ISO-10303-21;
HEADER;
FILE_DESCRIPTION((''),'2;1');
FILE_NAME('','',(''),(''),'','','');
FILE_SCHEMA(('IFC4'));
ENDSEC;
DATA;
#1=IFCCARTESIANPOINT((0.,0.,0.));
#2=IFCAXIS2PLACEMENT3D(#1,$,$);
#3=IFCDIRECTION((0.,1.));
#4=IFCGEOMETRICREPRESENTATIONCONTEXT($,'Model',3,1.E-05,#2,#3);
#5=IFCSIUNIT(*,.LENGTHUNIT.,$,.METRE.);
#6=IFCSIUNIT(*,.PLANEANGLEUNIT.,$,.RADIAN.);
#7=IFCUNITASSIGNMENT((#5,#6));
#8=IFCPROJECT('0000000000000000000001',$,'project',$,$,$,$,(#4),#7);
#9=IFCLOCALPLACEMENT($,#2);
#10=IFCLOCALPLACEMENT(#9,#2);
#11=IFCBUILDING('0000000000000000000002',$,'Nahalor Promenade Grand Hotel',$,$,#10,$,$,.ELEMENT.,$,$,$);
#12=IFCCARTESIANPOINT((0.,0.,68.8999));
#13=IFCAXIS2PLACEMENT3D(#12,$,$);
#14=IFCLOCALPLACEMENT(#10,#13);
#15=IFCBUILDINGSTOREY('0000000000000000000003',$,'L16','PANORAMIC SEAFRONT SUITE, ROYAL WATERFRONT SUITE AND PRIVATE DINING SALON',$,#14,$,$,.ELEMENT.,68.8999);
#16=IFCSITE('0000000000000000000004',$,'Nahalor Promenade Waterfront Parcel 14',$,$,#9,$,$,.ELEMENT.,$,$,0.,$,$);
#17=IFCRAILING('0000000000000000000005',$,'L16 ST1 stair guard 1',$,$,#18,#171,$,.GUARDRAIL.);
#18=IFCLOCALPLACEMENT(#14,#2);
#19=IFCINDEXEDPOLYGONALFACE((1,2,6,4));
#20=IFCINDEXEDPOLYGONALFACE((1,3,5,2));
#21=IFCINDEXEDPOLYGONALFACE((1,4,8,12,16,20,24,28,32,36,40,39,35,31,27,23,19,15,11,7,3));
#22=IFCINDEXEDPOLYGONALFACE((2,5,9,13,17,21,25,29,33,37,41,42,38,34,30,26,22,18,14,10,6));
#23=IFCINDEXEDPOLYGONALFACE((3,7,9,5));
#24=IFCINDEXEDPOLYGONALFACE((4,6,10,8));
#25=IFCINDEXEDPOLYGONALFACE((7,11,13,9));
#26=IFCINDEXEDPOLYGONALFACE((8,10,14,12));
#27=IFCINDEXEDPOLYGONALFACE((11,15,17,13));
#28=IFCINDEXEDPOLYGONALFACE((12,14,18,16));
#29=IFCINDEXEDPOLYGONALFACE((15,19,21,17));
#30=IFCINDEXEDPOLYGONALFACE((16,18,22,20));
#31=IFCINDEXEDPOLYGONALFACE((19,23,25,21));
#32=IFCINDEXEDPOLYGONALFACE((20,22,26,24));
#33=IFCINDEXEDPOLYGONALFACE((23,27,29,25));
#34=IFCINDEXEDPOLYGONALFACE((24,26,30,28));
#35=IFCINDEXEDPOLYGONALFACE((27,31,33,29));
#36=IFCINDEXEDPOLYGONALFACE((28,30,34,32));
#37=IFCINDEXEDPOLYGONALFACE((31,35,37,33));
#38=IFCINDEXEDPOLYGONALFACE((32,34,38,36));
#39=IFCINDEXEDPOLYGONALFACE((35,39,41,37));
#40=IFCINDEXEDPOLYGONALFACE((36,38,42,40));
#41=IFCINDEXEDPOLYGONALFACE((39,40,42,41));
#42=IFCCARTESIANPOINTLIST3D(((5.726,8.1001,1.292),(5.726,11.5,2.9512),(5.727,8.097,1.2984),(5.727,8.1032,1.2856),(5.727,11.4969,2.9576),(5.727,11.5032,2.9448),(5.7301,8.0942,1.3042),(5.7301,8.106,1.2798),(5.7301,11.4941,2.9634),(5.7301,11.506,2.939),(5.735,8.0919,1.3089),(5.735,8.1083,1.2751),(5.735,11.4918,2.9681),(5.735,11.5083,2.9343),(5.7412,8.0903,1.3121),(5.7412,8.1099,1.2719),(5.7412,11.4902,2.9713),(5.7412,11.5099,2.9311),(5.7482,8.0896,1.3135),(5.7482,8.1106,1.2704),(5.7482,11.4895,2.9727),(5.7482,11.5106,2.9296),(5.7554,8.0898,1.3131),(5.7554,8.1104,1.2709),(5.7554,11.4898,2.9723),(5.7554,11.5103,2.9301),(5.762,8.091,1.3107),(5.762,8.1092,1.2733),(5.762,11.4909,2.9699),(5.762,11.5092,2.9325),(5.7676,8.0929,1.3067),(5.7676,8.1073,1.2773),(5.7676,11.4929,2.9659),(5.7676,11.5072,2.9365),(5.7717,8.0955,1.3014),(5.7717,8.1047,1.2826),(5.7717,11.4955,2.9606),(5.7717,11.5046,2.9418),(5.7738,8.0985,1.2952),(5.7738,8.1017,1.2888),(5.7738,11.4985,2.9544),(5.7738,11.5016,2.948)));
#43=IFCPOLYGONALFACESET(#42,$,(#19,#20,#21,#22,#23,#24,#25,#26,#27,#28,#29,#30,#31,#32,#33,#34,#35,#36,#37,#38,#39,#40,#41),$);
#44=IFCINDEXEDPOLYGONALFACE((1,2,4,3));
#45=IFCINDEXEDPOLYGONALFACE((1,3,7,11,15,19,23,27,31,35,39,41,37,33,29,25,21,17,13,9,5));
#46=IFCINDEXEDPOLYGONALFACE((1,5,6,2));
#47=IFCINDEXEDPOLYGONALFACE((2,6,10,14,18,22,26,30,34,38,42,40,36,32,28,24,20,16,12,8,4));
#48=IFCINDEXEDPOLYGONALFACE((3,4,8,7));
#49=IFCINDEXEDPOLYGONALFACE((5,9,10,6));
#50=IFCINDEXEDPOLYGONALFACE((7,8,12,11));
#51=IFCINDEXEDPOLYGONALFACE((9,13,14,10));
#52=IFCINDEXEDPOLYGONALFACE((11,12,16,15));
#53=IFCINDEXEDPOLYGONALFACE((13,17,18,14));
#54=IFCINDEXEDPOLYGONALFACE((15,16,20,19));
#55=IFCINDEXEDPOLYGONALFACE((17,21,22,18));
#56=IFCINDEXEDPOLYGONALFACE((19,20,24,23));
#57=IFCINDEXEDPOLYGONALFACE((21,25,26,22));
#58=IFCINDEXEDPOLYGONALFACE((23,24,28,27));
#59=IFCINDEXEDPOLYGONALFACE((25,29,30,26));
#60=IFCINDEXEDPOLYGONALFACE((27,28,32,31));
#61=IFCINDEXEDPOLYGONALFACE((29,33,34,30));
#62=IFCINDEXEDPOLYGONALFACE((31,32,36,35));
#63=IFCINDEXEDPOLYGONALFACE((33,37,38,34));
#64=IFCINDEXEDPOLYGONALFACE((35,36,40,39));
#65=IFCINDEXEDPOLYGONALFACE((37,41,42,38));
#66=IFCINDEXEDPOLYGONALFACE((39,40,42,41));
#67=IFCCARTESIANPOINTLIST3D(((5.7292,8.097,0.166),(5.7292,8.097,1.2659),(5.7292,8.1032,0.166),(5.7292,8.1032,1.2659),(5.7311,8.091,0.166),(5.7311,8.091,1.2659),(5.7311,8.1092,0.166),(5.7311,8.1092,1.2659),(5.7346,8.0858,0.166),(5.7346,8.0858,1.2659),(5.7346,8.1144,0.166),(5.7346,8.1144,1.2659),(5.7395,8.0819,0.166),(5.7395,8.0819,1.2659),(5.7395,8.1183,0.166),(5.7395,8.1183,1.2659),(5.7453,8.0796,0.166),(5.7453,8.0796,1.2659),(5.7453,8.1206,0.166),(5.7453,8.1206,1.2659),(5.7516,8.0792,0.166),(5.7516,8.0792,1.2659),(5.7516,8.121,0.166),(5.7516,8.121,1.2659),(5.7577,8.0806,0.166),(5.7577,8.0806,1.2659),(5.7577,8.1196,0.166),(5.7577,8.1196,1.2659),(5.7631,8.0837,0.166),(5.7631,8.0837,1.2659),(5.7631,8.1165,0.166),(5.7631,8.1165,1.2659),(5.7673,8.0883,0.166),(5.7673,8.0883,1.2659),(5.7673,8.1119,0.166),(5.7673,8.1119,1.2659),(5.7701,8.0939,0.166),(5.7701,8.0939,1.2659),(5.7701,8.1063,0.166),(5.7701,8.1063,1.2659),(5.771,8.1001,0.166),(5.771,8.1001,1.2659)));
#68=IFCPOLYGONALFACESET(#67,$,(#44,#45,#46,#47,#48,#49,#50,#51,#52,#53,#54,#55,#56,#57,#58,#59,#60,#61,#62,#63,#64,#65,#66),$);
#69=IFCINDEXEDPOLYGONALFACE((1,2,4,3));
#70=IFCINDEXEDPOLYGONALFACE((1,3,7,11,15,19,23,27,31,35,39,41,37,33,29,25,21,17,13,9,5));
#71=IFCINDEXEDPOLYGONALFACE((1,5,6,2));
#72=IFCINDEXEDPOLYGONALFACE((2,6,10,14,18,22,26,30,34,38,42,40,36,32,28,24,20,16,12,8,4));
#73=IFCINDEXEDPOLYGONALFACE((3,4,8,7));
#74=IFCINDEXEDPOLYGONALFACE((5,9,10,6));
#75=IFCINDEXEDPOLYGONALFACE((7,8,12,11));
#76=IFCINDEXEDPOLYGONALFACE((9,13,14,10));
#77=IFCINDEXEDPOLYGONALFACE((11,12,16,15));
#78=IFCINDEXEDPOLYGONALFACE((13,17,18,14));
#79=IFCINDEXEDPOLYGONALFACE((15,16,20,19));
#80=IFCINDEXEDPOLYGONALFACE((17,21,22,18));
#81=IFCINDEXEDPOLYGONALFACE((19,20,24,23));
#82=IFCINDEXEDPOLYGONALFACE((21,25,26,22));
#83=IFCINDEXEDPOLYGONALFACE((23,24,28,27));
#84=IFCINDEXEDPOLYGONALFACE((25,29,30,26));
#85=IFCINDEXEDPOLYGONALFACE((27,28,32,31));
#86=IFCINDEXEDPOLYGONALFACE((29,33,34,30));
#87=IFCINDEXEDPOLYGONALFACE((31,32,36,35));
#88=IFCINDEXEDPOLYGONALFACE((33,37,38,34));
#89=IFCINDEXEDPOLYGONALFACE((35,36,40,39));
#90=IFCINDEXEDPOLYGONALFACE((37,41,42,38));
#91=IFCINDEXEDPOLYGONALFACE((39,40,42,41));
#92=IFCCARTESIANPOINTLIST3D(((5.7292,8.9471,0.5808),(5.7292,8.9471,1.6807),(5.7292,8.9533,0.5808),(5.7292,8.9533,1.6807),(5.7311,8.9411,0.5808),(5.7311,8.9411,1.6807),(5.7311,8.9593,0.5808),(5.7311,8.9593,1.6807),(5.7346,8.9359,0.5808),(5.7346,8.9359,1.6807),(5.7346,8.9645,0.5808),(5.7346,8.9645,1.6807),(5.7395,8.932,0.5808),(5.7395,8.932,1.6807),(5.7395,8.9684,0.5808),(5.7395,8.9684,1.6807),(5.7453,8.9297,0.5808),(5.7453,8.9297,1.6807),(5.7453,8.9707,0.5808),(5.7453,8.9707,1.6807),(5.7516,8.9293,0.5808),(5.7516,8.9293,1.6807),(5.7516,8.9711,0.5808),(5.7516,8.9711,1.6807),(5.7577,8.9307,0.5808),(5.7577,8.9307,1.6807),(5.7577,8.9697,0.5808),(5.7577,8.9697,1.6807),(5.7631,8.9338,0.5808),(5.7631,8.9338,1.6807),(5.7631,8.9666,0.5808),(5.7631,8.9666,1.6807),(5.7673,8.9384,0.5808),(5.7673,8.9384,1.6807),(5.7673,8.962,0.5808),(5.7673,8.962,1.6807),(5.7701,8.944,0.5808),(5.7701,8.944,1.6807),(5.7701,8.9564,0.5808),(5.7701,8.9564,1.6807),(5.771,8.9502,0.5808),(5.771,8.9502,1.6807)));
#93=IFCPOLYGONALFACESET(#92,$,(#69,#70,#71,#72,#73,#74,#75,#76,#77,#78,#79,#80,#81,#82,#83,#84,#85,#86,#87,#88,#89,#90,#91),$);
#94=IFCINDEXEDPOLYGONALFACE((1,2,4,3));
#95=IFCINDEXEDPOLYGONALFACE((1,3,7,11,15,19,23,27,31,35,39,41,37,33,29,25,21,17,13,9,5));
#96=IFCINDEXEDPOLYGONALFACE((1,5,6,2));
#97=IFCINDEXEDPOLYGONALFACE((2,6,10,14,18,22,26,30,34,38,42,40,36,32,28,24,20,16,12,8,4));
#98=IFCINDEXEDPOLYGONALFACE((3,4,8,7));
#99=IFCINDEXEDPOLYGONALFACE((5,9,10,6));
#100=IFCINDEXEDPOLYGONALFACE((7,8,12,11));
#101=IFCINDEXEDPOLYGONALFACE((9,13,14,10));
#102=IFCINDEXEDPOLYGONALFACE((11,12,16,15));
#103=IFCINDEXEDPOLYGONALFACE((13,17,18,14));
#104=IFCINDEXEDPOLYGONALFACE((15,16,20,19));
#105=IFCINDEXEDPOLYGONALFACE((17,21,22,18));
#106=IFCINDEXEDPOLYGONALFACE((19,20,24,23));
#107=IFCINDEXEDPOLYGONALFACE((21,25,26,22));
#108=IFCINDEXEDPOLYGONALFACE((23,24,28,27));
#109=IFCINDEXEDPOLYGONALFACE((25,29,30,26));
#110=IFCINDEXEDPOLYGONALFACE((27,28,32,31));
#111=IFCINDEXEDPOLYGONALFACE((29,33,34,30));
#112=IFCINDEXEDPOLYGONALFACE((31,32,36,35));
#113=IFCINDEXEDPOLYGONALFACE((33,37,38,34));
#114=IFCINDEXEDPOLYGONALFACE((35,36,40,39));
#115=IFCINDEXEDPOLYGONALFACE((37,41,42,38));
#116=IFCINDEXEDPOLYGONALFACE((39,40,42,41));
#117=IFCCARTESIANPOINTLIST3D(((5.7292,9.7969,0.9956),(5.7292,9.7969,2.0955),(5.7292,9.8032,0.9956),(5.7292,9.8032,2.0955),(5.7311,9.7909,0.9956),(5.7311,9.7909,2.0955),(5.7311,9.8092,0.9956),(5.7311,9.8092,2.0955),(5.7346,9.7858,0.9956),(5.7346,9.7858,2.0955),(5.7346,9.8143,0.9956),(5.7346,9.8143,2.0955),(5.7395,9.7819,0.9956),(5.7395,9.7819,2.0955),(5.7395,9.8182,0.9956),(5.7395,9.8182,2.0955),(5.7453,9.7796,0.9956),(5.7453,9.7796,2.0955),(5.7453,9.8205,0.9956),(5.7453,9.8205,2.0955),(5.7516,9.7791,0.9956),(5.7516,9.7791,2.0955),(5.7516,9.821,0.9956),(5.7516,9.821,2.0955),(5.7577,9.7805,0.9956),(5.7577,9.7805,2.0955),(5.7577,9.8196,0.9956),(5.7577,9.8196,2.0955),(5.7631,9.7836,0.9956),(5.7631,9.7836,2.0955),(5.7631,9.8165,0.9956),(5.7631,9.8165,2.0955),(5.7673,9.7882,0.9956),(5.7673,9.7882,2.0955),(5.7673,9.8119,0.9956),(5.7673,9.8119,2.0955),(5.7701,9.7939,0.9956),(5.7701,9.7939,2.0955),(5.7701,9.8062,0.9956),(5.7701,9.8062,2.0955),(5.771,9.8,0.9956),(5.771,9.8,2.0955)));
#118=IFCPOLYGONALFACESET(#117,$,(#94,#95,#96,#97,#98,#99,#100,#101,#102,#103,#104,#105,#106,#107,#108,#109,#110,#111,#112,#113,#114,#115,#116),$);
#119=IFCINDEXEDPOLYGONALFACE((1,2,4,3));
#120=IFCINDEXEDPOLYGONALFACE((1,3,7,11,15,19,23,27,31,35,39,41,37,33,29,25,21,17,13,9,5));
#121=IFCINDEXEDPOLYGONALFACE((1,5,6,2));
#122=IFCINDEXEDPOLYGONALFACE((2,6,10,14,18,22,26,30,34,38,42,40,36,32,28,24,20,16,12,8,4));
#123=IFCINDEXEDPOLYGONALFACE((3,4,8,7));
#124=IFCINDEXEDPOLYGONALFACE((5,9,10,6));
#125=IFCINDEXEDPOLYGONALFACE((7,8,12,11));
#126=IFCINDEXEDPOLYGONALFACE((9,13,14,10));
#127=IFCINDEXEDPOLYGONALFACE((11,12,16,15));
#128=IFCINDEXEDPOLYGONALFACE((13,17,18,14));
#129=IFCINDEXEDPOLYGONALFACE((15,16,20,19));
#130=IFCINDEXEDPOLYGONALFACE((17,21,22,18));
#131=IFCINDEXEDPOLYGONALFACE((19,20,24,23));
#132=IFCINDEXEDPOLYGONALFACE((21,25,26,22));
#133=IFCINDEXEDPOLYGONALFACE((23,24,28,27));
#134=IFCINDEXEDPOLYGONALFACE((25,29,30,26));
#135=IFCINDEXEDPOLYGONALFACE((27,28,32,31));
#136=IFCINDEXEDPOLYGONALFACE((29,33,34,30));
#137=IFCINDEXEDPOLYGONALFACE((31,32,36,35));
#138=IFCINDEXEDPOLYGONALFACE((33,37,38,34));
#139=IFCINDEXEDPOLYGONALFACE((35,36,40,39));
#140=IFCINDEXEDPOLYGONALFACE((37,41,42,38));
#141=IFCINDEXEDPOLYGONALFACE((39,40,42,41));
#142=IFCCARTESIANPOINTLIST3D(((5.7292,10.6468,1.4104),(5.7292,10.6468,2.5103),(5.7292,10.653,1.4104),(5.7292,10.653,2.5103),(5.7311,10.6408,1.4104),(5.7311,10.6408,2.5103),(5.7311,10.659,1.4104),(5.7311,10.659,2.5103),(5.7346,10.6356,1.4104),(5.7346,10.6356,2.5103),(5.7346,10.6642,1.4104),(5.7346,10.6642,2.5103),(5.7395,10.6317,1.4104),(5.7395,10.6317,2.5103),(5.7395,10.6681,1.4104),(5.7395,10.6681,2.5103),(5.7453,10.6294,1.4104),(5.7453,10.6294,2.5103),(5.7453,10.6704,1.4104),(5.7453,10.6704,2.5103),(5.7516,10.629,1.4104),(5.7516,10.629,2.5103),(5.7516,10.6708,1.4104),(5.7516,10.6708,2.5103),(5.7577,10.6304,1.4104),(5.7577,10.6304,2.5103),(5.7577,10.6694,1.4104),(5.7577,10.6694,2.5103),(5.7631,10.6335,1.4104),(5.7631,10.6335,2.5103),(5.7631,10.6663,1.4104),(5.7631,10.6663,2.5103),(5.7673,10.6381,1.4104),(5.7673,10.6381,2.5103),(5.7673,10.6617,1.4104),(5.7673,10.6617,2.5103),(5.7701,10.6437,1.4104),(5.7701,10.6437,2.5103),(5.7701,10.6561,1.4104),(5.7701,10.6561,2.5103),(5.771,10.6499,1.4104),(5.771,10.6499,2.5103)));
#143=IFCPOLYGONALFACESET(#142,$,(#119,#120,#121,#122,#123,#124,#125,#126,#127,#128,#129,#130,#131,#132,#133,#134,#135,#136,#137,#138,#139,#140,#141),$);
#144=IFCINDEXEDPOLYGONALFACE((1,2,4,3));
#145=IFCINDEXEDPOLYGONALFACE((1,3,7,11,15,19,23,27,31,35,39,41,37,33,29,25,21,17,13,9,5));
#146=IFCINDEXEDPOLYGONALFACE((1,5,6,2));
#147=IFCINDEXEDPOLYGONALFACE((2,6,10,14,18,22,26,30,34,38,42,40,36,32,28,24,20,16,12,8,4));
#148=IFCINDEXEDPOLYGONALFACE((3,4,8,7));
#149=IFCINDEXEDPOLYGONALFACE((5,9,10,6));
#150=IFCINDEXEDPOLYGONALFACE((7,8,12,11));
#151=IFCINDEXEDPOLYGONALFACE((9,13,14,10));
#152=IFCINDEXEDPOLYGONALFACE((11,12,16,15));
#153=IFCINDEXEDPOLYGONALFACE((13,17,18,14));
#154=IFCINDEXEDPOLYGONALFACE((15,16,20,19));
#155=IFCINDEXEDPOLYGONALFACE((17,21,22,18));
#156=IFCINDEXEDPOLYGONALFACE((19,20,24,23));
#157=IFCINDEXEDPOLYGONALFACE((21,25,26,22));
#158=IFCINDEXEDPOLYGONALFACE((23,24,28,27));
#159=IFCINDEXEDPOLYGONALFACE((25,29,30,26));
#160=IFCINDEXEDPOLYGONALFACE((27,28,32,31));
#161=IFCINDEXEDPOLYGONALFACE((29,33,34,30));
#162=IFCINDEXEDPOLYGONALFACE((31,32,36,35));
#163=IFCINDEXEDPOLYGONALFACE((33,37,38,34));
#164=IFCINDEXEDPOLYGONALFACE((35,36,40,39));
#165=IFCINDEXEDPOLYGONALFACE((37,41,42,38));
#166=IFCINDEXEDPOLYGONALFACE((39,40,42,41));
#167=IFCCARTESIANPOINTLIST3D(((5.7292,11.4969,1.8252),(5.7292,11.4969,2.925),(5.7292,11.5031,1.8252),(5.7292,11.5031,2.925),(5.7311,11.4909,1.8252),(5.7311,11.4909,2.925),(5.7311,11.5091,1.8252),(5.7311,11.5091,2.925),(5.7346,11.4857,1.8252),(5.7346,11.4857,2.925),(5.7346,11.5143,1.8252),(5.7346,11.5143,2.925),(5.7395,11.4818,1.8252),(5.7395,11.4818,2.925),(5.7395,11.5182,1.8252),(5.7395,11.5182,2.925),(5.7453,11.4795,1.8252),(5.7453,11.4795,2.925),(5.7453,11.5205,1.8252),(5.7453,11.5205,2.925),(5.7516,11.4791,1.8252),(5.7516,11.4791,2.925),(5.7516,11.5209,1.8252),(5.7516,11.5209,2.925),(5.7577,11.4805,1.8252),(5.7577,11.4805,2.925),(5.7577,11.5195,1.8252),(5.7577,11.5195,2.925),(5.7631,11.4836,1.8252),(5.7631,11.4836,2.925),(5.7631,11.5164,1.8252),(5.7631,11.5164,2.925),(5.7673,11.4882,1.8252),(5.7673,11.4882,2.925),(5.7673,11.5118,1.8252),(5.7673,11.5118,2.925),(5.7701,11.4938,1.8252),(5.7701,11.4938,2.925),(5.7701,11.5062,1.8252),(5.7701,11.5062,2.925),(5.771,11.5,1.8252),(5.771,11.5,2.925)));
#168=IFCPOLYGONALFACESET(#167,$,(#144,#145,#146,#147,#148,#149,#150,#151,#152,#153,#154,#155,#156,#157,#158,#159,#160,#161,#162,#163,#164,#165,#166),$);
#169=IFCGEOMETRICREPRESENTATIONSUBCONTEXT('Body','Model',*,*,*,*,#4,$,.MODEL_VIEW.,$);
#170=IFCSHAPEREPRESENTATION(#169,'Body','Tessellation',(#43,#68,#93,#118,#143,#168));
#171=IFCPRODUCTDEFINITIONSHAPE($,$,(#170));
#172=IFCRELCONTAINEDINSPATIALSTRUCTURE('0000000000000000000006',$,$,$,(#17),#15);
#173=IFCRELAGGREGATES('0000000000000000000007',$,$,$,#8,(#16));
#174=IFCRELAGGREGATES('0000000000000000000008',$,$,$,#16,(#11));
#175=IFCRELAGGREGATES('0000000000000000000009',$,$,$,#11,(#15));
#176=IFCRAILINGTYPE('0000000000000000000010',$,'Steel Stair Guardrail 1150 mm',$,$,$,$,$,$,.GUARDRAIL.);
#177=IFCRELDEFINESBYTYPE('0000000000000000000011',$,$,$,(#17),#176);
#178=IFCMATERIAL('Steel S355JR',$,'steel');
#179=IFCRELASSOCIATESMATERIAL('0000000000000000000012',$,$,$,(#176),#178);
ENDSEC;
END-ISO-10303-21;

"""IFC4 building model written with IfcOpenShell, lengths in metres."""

from ifc_helpers import new_model, si_unit, direction, frame, origin, origin_2d, place, context, subcontext, project, spatial, circle, extrude, material, type_object, element, save


model = new_model("IFC4")

# Units and contexts
model_context = context("Model", 3, precision=1e-05, world=origin(), true_north=direction((0.0, 1.0)))
body_context = subcontext(model_context, "Body", "Model", "MODEL_VIEW")
ifc_project = project(units=[si_unit("LENGTHUNIT", "METRE"), si_unit("PLANEANGLEUNIT", "RADIAN")], contexts=[model_context])

# Site, building, storey
site_placement = place(None, origin())
site = spatial("IfcSite", under=ifc_project, at=site_placement, Name="Nahalor Promenade Waterfront Parcel 14", CompositionType="ELEMENT", RefElevation=0.0)
building_placement = place(site_placement, origin())
building = spatial("IfcBuilding", under=site, at=building_placement, Name="Nahalor Promenade Grand Hotel", CompositionType="ELEMENT")
storey_placement = place(building_placement, frame((0.0, 0.0, 68.8999)))
storey = spatial("IfcBuildingStorey", under=building, at=storey_placement, Name="L16", Description="PANORAMIC SEAFRONT SUITE, ROYAL WATERFRONT SUITE AND PRIVATE DINING SALON", CompositionType="ELEMENT", Elevation=68.8999)

# Shared definitions
ifc_material_1 = material(Name="Steel S355JR", Category="steel")

# Railing
railing_type_1 = type_object("IfcRailingType", Name="Steel Stair Guardrail 1150 mm", PredefinedType="GUARDRAIL", material=ifc_material_1)
railing_1_placement = place(storey_placement, frame((5.75, 8.1001, 0.166)))
element("IfcRailing", 1, at=railing_1_placement, inside=storey, type_object=railing_type_1, Name="L16 ST1 stair guard 1", PredefinedType="GUARDRAIL", context=body_context, shape_type="SweptSolid", body=[
    extrude(circle(Radius=0.024, at=origin_2d()), frame((0.0, 0.0, 1.126), z_axis=(0.0, 0.898696, 0.438571), x_axis=(-1.0, 0.0, 0.0)), (0.0, 0.0, 1.0), 3.7832),
    extrude(circle(Radius=0.021, at=origin_2d()), origin(), (0.0, 0.0, 1.0), 1.0999),
    extrude(circle(Radius=0.021, at=origin_2d()), frame((0.0, 0.8501, 0.4148)), (0.0, 0.0, 1.0), 1.0999),
    extrude(circle(Radius=0.021, at=origin_2d()), frame((0.0, 1.7, 0.8296)), (0.0, 0.0, 1.0), 1.0999),
    extrude(circle(Radius=0.021, at=origin_2d()), frame((0.0, 2.5498, 1.2444)), (0.0, 0.0, 1.0), 1.0999),
    extrude(circle(Radius=0.021, at=origin_2d()), frame((0.0, 3.3999, 1.6592)), (0.0, 0.0, 1.0), 1.0999),
])

save(model, "model.ifc")
